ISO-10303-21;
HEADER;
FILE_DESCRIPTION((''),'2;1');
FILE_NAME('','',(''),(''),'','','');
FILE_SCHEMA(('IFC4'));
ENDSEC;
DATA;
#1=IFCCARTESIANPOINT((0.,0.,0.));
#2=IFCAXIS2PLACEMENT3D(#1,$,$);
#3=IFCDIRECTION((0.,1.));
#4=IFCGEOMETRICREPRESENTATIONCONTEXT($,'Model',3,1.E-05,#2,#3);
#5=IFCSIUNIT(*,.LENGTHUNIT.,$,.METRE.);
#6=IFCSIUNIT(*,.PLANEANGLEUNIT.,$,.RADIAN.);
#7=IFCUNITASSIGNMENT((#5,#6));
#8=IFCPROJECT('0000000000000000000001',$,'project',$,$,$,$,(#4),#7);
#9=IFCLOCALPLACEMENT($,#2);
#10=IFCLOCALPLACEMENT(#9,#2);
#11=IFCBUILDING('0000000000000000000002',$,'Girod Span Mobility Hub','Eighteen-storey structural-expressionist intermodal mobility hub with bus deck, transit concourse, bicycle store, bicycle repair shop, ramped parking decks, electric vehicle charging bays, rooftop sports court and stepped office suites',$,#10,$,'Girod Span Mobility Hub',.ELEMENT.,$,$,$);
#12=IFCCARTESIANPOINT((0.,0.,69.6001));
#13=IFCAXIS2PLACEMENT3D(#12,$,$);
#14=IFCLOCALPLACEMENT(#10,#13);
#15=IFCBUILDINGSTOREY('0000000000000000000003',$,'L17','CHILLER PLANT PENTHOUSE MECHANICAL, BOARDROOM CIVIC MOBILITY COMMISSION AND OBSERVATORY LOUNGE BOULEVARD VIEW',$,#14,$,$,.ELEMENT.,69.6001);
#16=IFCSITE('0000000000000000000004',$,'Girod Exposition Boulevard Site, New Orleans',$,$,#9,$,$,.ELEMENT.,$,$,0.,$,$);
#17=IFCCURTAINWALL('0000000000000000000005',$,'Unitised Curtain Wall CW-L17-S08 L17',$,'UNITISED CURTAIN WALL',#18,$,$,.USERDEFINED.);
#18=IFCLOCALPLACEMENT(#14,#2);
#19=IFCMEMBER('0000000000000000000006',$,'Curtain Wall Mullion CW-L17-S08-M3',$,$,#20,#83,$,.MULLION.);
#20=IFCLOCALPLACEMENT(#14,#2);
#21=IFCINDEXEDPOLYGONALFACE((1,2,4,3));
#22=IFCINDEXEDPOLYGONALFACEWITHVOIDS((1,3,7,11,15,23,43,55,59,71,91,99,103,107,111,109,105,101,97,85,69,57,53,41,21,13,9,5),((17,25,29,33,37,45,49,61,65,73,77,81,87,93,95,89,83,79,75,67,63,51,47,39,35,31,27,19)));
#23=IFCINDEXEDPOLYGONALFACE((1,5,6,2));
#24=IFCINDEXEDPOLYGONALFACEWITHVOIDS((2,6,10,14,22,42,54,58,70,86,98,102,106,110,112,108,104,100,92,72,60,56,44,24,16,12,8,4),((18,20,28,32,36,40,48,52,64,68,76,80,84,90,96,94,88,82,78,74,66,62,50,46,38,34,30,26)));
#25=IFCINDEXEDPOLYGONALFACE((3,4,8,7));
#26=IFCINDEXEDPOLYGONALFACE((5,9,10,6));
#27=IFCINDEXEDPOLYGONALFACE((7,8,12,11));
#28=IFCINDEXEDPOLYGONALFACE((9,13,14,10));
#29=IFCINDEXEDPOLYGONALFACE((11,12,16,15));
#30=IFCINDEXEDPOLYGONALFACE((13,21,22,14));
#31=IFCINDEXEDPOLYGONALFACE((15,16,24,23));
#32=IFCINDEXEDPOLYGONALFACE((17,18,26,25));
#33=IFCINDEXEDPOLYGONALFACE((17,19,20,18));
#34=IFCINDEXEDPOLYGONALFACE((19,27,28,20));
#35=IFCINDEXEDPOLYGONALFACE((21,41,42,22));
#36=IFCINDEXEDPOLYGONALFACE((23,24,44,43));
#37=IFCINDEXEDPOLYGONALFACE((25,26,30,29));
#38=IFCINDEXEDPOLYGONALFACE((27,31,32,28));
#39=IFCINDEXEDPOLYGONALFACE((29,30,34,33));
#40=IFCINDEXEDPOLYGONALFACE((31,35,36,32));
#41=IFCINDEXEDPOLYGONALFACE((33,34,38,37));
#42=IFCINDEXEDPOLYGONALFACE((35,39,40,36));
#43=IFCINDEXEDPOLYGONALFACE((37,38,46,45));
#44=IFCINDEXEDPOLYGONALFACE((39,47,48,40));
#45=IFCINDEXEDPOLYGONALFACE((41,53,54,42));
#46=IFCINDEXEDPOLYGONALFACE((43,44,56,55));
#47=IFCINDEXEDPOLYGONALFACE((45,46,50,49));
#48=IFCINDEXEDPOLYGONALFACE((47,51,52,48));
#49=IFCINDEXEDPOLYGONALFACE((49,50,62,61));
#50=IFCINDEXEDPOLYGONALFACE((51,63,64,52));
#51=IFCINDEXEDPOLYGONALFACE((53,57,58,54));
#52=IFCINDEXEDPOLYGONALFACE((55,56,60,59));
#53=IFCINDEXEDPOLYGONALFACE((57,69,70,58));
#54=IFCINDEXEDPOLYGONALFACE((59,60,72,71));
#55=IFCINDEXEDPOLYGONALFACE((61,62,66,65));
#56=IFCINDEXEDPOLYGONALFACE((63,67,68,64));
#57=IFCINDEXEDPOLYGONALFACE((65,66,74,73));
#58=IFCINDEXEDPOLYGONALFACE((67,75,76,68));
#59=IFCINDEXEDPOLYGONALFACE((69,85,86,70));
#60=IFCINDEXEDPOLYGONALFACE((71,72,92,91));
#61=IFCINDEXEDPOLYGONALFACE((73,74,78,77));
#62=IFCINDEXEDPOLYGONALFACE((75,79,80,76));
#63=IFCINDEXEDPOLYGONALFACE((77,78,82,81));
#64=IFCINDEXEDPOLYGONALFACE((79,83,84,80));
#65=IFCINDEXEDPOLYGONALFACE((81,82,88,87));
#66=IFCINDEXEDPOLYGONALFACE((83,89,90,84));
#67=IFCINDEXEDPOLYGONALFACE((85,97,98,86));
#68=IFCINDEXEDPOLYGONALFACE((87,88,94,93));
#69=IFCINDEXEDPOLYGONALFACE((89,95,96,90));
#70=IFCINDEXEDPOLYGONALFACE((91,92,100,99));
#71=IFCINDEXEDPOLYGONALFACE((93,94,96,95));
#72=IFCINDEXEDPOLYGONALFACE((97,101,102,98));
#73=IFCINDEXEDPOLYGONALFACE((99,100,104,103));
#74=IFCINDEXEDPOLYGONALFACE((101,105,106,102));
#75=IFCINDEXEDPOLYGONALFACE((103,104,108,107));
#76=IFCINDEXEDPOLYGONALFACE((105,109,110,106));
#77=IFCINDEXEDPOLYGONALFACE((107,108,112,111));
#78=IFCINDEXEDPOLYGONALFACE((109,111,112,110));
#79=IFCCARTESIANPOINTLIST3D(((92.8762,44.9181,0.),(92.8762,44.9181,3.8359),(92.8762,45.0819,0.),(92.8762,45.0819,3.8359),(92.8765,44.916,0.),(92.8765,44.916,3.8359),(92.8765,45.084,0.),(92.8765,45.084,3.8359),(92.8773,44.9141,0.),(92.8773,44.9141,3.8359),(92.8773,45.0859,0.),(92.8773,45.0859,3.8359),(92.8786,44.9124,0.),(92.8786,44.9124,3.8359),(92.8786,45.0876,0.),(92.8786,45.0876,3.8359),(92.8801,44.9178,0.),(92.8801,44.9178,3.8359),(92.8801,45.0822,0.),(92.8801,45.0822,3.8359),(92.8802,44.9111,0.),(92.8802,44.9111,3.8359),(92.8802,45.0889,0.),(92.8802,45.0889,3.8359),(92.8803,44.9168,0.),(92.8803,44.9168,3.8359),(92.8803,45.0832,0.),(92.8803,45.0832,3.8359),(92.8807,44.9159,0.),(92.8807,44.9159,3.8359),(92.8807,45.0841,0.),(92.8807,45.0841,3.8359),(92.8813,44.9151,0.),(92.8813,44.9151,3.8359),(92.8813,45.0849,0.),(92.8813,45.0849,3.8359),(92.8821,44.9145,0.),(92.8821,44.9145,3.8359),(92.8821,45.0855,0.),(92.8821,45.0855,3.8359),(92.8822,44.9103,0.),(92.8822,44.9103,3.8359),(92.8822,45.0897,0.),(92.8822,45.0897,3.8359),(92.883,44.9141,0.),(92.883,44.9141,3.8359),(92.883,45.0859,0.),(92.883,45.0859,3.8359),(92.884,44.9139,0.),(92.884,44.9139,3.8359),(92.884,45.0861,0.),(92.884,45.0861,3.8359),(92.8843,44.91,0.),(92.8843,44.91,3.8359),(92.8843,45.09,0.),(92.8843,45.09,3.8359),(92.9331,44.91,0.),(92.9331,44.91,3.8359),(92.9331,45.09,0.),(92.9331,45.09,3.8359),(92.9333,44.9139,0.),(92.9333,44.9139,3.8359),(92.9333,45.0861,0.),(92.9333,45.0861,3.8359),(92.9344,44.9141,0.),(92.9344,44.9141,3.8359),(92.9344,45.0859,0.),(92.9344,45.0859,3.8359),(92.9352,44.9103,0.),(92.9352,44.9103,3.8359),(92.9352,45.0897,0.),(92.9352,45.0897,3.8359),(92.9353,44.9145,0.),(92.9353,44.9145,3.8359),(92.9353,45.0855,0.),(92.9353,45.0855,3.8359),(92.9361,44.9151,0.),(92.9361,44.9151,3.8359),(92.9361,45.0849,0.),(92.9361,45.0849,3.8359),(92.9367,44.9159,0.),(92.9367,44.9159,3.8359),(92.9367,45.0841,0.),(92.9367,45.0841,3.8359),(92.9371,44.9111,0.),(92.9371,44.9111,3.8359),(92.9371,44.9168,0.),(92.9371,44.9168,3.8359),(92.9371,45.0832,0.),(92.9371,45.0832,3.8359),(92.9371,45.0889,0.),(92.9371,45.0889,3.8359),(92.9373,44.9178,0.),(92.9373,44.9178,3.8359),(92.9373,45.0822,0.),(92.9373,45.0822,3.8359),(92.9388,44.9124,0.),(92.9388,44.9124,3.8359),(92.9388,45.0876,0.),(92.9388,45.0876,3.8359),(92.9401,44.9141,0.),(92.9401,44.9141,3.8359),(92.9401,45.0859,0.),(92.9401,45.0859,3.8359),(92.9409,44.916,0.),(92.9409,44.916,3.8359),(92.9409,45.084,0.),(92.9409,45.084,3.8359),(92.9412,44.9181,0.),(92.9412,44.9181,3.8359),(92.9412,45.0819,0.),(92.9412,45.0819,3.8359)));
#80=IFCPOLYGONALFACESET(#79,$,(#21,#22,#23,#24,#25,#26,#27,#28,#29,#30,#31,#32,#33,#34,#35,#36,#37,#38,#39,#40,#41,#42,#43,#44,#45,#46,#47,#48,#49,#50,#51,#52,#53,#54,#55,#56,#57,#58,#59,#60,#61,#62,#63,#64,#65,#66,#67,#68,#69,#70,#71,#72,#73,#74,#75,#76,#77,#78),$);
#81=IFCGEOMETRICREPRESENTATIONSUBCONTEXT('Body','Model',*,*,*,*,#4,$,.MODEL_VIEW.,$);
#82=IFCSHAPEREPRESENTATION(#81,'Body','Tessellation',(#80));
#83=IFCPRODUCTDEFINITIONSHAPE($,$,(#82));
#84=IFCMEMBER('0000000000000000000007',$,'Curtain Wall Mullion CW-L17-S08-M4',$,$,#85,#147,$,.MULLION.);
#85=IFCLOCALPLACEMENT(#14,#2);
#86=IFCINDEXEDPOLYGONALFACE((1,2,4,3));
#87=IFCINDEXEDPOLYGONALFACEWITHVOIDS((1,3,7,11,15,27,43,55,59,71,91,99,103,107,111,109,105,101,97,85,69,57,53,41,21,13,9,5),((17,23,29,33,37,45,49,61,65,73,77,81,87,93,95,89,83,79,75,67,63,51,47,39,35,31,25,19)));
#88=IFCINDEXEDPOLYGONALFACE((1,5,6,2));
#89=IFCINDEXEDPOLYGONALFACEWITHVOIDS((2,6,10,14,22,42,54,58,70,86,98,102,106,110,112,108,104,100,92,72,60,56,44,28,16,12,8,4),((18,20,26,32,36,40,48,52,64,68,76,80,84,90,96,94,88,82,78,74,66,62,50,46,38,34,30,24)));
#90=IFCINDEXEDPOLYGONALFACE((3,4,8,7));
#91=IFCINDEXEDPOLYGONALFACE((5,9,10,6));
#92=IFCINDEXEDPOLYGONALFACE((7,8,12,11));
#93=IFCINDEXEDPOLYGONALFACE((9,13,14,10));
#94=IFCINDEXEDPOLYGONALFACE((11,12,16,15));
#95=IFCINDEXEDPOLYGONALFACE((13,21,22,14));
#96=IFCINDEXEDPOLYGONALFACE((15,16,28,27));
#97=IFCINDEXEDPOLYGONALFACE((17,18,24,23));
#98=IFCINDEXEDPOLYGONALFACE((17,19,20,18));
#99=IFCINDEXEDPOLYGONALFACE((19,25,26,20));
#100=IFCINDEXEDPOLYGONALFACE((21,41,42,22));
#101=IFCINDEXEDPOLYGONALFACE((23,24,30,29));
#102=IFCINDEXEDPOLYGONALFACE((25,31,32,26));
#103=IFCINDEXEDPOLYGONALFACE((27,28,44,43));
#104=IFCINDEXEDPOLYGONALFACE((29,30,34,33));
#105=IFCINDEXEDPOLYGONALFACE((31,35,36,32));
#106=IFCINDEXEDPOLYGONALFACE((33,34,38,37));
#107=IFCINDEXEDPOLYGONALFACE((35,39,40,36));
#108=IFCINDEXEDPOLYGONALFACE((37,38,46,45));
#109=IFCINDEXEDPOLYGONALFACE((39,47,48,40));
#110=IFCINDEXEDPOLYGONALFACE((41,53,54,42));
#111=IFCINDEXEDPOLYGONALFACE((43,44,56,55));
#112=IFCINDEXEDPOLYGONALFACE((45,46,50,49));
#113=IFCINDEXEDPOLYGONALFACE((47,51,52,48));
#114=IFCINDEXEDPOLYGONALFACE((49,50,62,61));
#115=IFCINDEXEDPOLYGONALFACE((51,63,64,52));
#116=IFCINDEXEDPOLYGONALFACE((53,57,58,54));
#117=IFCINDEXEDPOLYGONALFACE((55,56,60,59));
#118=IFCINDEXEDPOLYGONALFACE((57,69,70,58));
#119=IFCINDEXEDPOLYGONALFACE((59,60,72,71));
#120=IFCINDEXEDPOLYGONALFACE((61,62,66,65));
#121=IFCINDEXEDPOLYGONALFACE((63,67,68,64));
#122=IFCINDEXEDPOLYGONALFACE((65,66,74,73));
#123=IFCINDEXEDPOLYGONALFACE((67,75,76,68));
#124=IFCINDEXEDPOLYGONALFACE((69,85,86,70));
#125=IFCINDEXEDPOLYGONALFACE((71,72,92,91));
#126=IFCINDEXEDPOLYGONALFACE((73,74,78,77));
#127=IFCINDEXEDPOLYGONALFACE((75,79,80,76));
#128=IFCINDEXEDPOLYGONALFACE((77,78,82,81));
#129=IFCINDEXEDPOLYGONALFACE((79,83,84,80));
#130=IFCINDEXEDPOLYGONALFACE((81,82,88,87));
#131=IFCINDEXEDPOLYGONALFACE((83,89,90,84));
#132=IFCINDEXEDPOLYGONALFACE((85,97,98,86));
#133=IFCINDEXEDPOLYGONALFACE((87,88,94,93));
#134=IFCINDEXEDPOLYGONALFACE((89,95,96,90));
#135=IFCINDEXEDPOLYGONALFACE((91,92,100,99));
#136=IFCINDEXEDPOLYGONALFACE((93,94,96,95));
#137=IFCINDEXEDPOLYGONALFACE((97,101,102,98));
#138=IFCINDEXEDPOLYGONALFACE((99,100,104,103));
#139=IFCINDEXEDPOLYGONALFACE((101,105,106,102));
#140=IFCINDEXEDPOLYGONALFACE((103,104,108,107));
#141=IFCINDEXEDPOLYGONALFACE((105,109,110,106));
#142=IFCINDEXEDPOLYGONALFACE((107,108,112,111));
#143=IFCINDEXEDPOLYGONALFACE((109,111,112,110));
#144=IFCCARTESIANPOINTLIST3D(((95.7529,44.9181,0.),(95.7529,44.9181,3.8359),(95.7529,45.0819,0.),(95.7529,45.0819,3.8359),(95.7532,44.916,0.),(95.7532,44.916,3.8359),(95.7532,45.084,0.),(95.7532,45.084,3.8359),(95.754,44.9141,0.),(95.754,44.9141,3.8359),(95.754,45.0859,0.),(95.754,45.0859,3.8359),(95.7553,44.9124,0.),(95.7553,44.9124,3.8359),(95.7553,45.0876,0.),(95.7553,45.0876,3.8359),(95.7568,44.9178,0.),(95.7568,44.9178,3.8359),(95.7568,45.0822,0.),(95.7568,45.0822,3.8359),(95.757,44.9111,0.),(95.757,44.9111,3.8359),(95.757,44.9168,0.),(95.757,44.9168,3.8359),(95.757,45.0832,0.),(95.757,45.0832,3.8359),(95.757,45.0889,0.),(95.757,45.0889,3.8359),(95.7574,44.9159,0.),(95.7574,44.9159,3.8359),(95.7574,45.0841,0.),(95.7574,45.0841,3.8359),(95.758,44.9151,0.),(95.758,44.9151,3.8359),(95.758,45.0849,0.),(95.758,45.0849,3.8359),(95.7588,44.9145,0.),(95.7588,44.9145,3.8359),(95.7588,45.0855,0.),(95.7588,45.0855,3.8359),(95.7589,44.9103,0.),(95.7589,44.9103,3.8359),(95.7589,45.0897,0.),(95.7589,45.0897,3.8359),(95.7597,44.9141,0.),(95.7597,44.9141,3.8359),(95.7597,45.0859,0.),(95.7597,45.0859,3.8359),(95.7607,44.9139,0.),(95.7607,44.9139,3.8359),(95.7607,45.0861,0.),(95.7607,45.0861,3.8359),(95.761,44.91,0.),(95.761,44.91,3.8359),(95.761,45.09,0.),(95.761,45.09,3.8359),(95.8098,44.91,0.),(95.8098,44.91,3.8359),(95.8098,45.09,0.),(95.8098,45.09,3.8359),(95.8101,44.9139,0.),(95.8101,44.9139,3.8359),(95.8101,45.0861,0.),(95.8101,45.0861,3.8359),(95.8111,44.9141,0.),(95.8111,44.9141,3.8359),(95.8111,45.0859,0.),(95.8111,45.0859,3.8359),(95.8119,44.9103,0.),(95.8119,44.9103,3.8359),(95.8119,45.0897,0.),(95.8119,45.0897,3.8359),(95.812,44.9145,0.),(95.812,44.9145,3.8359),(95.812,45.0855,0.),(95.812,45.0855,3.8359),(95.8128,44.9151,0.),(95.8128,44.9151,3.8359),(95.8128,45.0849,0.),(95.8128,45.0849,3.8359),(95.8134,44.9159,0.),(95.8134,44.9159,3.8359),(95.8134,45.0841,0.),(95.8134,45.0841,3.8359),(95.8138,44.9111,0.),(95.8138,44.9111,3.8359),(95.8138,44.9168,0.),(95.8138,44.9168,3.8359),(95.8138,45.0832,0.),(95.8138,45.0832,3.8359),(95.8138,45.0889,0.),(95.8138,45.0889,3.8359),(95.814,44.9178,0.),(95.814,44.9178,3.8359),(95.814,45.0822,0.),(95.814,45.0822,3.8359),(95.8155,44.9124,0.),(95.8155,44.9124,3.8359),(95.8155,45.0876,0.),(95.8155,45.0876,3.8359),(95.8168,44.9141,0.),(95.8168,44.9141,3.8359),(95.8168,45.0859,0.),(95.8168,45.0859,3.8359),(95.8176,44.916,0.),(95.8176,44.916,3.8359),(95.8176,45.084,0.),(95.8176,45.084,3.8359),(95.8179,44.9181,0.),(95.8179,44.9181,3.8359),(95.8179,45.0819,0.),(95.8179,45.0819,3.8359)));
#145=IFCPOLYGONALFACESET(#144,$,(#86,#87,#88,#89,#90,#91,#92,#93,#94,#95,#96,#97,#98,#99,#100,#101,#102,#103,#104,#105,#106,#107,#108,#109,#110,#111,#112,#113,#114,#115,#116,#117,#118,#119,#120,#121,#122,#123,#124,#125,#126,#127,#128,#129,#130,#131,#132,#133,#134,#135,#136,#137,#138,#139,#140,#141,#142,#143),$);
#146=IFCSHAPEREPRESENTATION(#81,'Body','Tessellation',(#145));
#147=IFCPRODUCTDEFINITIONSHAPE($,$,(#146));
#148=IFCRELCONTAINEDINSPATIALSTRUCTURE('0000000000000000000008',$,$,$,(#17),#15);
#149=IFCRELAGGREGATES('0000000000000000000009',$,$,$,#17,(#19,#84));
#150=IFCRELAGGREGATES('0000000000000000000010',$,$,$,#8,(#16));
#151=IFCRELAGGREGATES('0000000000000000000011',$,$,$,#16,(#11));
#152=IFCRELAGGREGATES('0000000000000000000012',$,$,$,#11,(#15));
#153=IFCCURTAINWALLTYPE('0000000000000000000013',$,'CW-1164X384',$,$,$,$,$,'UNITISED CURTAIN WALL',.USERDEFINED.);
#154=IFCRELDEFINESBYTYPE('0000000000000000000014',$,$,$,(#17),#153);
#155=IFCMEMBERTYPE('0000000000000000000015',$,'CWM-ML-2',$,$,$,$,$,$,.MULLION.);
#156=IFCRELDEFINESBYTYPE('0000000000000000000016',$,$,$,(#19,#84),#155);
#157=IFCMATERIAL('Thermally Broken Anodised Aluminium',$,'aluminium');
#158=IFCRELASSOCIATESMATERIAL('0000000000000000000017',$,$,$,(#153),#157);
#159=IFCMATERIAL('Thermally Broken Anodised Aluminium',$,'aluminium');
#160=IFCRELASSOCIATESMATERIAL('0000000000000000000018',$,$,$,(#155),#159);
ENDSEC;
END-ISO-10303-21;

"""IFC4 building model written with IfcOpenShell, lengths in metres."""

from ifc_helpers import new_model, si_unit, direction, frame, origin, origin_2d, place, context, subcontext, project, spatial, hollow_rectangle, extrude, material, material_profile, profile_set, type_object, element, aggregate, save


model = new_model("IFC4")

# Units and contexts
model_context = context("Model", 3, precision=1e-05, world=origin(), true_north=direction((0.0, 1.0)))
body_context = subcontext(model_context, "Body", "Model", "MODEL_VIEW")
ifc_project = project(units=[si_unit("LENGTHUNIT", "METRE"), si_unit("PLANEANGLEUNIT", "RADIAN")], contexts=[model_context])

# Site, building, storey
site_placement = place(None, origin())
site = spatial("IfcSite", under=ifc_project, at=site_placement, Name="Girod Exposition Boulevard Site, New Orleans", CompositionType="ELEMENT", RefElevation=0.0)
building_placement = place(site_placement, origin())
building = spatial("IfcBuilding", under=site, at=building_placement, Name="Girod Span Mobility Hub", Description="Eighteen-storey structural-expressionist intermodal mobility hub with bus deck, transit concourse, bicycle store, bicycle repair shop, ramped parking decks, electric vehicle charging bays, rooftop sports court and stepped office suites", LongName="Girod Span Mobility Hub", CompositionType="ELEMENT")
storey_placement = place(building_placement, frame((0.0, 0.0, 69.6001)))
storey = spatial("IfcBuildingStorey", under=building, at=storey_placement, Name="L17", Description="CHILLER PLANT PENTHOUSE MECHANICAL, BOARDROOM CIVIC MOBILITY COMMISSION AND OBSERVATORY LOUNGE BOULEVARD VIEW", CompositionType="ELEMENT", Elevation=69.6001)

# Shared definitions
ifc_material_1 = material(Name="Thermally Broken Anodised Aluminium", Category="aluminium")
curtain_wall_type = type_object("IfcCurtainWallType", Name="CW-1164X384", ElementType="UNITISED CURTAIN WALL", PredefinedType="USERDEFINED", material=ifc_material_1)
ifc_material_2 = material(Name="Thermally Broken Anodised Aluminium", Category="aluminium")
ifc_material_profile_1 = material_profile(ifc_material_2, hollow_rectangle(XDim=0.1799, YDim=0.0649, WallThickness=0.0039, InnerFilletRadius=0.0039, OuterFilletRadius=0.0081, at=origin_2d()), Name="CW-ML-65X180")
ifc_profile_set_1 = profile_set([ifc_material_profile_1], Name="Thermally Broken Anodised Aluminium")
member_type_1 = type_object("IfcMemberType", Name="CWM-ML-2", PredefinedType="MULLION", material=ifc_profile_set_1)

# Curtain wall, members
curtain_wall_1_placement = place(storey_placement, origin())
curtain_wall_1 = element("IfcCurtainWall", 1, at=curtain_wall_1_placement, inside=storey, type_object=curtain_wall_type, Name="Unitised Curtain Wall CW-L17-S08 L17", ObjectType="UNITISED CURTAIN WALL", PredefinedType="USERDEFINED")
member_1_placement = place(storey_placement, frame((92.9087, 45.0, 0.0), z_axis=(0.0, 0.0, 1.0), x_axis=(0.0, 1.0, 0.0)))
member_1 = element("IfcMember", 2, at=member_1_placement, type_object=member_type_1, Name="Curtain Wall Mullion CW-L17-S08-M3", PredefinedType="MULLION", context=body_context, shape_type="SweptSolid", body=[
    extrude(hollow_rectangle(XDim=0.1799, YDim=0.0649, WallThickness=0.0039, InnerFilletRadius=0.0039, OuterFilletRadius=0.0081, at=origin_2d()), origin(), (0.0, 0.0, 1.0), 3.8359),
])
member_2_placement = place(storey_placement, frame((95.7854, 45.0, 0.0), z_axis=(0.0, 0.0, 1.0), x_axis=(0.0, 1.0, 0.0)))
member_2 = element("IfcMember", 3, at=member_2_placement, type_object=member_type_1, Name="Curtain Wall Mullion CW-L17-S08-M4", PredefinedType="MULLION", context=body_context, shape_type="SweptSolid", body=[
    extrude(hollow_rectangle(XDim=0.1799, YDim=0.0649, WallThickness=0.0039, InnerFilletRadius=0.0039, OuterFilletRadius=0.0081, at=origin_2d()), origin(), (0.0, 0.0, 1.0), 3.8359),
])

aggregate(curtain_wall_1, [member_1, member_2])

save(model, "model.ifc")
